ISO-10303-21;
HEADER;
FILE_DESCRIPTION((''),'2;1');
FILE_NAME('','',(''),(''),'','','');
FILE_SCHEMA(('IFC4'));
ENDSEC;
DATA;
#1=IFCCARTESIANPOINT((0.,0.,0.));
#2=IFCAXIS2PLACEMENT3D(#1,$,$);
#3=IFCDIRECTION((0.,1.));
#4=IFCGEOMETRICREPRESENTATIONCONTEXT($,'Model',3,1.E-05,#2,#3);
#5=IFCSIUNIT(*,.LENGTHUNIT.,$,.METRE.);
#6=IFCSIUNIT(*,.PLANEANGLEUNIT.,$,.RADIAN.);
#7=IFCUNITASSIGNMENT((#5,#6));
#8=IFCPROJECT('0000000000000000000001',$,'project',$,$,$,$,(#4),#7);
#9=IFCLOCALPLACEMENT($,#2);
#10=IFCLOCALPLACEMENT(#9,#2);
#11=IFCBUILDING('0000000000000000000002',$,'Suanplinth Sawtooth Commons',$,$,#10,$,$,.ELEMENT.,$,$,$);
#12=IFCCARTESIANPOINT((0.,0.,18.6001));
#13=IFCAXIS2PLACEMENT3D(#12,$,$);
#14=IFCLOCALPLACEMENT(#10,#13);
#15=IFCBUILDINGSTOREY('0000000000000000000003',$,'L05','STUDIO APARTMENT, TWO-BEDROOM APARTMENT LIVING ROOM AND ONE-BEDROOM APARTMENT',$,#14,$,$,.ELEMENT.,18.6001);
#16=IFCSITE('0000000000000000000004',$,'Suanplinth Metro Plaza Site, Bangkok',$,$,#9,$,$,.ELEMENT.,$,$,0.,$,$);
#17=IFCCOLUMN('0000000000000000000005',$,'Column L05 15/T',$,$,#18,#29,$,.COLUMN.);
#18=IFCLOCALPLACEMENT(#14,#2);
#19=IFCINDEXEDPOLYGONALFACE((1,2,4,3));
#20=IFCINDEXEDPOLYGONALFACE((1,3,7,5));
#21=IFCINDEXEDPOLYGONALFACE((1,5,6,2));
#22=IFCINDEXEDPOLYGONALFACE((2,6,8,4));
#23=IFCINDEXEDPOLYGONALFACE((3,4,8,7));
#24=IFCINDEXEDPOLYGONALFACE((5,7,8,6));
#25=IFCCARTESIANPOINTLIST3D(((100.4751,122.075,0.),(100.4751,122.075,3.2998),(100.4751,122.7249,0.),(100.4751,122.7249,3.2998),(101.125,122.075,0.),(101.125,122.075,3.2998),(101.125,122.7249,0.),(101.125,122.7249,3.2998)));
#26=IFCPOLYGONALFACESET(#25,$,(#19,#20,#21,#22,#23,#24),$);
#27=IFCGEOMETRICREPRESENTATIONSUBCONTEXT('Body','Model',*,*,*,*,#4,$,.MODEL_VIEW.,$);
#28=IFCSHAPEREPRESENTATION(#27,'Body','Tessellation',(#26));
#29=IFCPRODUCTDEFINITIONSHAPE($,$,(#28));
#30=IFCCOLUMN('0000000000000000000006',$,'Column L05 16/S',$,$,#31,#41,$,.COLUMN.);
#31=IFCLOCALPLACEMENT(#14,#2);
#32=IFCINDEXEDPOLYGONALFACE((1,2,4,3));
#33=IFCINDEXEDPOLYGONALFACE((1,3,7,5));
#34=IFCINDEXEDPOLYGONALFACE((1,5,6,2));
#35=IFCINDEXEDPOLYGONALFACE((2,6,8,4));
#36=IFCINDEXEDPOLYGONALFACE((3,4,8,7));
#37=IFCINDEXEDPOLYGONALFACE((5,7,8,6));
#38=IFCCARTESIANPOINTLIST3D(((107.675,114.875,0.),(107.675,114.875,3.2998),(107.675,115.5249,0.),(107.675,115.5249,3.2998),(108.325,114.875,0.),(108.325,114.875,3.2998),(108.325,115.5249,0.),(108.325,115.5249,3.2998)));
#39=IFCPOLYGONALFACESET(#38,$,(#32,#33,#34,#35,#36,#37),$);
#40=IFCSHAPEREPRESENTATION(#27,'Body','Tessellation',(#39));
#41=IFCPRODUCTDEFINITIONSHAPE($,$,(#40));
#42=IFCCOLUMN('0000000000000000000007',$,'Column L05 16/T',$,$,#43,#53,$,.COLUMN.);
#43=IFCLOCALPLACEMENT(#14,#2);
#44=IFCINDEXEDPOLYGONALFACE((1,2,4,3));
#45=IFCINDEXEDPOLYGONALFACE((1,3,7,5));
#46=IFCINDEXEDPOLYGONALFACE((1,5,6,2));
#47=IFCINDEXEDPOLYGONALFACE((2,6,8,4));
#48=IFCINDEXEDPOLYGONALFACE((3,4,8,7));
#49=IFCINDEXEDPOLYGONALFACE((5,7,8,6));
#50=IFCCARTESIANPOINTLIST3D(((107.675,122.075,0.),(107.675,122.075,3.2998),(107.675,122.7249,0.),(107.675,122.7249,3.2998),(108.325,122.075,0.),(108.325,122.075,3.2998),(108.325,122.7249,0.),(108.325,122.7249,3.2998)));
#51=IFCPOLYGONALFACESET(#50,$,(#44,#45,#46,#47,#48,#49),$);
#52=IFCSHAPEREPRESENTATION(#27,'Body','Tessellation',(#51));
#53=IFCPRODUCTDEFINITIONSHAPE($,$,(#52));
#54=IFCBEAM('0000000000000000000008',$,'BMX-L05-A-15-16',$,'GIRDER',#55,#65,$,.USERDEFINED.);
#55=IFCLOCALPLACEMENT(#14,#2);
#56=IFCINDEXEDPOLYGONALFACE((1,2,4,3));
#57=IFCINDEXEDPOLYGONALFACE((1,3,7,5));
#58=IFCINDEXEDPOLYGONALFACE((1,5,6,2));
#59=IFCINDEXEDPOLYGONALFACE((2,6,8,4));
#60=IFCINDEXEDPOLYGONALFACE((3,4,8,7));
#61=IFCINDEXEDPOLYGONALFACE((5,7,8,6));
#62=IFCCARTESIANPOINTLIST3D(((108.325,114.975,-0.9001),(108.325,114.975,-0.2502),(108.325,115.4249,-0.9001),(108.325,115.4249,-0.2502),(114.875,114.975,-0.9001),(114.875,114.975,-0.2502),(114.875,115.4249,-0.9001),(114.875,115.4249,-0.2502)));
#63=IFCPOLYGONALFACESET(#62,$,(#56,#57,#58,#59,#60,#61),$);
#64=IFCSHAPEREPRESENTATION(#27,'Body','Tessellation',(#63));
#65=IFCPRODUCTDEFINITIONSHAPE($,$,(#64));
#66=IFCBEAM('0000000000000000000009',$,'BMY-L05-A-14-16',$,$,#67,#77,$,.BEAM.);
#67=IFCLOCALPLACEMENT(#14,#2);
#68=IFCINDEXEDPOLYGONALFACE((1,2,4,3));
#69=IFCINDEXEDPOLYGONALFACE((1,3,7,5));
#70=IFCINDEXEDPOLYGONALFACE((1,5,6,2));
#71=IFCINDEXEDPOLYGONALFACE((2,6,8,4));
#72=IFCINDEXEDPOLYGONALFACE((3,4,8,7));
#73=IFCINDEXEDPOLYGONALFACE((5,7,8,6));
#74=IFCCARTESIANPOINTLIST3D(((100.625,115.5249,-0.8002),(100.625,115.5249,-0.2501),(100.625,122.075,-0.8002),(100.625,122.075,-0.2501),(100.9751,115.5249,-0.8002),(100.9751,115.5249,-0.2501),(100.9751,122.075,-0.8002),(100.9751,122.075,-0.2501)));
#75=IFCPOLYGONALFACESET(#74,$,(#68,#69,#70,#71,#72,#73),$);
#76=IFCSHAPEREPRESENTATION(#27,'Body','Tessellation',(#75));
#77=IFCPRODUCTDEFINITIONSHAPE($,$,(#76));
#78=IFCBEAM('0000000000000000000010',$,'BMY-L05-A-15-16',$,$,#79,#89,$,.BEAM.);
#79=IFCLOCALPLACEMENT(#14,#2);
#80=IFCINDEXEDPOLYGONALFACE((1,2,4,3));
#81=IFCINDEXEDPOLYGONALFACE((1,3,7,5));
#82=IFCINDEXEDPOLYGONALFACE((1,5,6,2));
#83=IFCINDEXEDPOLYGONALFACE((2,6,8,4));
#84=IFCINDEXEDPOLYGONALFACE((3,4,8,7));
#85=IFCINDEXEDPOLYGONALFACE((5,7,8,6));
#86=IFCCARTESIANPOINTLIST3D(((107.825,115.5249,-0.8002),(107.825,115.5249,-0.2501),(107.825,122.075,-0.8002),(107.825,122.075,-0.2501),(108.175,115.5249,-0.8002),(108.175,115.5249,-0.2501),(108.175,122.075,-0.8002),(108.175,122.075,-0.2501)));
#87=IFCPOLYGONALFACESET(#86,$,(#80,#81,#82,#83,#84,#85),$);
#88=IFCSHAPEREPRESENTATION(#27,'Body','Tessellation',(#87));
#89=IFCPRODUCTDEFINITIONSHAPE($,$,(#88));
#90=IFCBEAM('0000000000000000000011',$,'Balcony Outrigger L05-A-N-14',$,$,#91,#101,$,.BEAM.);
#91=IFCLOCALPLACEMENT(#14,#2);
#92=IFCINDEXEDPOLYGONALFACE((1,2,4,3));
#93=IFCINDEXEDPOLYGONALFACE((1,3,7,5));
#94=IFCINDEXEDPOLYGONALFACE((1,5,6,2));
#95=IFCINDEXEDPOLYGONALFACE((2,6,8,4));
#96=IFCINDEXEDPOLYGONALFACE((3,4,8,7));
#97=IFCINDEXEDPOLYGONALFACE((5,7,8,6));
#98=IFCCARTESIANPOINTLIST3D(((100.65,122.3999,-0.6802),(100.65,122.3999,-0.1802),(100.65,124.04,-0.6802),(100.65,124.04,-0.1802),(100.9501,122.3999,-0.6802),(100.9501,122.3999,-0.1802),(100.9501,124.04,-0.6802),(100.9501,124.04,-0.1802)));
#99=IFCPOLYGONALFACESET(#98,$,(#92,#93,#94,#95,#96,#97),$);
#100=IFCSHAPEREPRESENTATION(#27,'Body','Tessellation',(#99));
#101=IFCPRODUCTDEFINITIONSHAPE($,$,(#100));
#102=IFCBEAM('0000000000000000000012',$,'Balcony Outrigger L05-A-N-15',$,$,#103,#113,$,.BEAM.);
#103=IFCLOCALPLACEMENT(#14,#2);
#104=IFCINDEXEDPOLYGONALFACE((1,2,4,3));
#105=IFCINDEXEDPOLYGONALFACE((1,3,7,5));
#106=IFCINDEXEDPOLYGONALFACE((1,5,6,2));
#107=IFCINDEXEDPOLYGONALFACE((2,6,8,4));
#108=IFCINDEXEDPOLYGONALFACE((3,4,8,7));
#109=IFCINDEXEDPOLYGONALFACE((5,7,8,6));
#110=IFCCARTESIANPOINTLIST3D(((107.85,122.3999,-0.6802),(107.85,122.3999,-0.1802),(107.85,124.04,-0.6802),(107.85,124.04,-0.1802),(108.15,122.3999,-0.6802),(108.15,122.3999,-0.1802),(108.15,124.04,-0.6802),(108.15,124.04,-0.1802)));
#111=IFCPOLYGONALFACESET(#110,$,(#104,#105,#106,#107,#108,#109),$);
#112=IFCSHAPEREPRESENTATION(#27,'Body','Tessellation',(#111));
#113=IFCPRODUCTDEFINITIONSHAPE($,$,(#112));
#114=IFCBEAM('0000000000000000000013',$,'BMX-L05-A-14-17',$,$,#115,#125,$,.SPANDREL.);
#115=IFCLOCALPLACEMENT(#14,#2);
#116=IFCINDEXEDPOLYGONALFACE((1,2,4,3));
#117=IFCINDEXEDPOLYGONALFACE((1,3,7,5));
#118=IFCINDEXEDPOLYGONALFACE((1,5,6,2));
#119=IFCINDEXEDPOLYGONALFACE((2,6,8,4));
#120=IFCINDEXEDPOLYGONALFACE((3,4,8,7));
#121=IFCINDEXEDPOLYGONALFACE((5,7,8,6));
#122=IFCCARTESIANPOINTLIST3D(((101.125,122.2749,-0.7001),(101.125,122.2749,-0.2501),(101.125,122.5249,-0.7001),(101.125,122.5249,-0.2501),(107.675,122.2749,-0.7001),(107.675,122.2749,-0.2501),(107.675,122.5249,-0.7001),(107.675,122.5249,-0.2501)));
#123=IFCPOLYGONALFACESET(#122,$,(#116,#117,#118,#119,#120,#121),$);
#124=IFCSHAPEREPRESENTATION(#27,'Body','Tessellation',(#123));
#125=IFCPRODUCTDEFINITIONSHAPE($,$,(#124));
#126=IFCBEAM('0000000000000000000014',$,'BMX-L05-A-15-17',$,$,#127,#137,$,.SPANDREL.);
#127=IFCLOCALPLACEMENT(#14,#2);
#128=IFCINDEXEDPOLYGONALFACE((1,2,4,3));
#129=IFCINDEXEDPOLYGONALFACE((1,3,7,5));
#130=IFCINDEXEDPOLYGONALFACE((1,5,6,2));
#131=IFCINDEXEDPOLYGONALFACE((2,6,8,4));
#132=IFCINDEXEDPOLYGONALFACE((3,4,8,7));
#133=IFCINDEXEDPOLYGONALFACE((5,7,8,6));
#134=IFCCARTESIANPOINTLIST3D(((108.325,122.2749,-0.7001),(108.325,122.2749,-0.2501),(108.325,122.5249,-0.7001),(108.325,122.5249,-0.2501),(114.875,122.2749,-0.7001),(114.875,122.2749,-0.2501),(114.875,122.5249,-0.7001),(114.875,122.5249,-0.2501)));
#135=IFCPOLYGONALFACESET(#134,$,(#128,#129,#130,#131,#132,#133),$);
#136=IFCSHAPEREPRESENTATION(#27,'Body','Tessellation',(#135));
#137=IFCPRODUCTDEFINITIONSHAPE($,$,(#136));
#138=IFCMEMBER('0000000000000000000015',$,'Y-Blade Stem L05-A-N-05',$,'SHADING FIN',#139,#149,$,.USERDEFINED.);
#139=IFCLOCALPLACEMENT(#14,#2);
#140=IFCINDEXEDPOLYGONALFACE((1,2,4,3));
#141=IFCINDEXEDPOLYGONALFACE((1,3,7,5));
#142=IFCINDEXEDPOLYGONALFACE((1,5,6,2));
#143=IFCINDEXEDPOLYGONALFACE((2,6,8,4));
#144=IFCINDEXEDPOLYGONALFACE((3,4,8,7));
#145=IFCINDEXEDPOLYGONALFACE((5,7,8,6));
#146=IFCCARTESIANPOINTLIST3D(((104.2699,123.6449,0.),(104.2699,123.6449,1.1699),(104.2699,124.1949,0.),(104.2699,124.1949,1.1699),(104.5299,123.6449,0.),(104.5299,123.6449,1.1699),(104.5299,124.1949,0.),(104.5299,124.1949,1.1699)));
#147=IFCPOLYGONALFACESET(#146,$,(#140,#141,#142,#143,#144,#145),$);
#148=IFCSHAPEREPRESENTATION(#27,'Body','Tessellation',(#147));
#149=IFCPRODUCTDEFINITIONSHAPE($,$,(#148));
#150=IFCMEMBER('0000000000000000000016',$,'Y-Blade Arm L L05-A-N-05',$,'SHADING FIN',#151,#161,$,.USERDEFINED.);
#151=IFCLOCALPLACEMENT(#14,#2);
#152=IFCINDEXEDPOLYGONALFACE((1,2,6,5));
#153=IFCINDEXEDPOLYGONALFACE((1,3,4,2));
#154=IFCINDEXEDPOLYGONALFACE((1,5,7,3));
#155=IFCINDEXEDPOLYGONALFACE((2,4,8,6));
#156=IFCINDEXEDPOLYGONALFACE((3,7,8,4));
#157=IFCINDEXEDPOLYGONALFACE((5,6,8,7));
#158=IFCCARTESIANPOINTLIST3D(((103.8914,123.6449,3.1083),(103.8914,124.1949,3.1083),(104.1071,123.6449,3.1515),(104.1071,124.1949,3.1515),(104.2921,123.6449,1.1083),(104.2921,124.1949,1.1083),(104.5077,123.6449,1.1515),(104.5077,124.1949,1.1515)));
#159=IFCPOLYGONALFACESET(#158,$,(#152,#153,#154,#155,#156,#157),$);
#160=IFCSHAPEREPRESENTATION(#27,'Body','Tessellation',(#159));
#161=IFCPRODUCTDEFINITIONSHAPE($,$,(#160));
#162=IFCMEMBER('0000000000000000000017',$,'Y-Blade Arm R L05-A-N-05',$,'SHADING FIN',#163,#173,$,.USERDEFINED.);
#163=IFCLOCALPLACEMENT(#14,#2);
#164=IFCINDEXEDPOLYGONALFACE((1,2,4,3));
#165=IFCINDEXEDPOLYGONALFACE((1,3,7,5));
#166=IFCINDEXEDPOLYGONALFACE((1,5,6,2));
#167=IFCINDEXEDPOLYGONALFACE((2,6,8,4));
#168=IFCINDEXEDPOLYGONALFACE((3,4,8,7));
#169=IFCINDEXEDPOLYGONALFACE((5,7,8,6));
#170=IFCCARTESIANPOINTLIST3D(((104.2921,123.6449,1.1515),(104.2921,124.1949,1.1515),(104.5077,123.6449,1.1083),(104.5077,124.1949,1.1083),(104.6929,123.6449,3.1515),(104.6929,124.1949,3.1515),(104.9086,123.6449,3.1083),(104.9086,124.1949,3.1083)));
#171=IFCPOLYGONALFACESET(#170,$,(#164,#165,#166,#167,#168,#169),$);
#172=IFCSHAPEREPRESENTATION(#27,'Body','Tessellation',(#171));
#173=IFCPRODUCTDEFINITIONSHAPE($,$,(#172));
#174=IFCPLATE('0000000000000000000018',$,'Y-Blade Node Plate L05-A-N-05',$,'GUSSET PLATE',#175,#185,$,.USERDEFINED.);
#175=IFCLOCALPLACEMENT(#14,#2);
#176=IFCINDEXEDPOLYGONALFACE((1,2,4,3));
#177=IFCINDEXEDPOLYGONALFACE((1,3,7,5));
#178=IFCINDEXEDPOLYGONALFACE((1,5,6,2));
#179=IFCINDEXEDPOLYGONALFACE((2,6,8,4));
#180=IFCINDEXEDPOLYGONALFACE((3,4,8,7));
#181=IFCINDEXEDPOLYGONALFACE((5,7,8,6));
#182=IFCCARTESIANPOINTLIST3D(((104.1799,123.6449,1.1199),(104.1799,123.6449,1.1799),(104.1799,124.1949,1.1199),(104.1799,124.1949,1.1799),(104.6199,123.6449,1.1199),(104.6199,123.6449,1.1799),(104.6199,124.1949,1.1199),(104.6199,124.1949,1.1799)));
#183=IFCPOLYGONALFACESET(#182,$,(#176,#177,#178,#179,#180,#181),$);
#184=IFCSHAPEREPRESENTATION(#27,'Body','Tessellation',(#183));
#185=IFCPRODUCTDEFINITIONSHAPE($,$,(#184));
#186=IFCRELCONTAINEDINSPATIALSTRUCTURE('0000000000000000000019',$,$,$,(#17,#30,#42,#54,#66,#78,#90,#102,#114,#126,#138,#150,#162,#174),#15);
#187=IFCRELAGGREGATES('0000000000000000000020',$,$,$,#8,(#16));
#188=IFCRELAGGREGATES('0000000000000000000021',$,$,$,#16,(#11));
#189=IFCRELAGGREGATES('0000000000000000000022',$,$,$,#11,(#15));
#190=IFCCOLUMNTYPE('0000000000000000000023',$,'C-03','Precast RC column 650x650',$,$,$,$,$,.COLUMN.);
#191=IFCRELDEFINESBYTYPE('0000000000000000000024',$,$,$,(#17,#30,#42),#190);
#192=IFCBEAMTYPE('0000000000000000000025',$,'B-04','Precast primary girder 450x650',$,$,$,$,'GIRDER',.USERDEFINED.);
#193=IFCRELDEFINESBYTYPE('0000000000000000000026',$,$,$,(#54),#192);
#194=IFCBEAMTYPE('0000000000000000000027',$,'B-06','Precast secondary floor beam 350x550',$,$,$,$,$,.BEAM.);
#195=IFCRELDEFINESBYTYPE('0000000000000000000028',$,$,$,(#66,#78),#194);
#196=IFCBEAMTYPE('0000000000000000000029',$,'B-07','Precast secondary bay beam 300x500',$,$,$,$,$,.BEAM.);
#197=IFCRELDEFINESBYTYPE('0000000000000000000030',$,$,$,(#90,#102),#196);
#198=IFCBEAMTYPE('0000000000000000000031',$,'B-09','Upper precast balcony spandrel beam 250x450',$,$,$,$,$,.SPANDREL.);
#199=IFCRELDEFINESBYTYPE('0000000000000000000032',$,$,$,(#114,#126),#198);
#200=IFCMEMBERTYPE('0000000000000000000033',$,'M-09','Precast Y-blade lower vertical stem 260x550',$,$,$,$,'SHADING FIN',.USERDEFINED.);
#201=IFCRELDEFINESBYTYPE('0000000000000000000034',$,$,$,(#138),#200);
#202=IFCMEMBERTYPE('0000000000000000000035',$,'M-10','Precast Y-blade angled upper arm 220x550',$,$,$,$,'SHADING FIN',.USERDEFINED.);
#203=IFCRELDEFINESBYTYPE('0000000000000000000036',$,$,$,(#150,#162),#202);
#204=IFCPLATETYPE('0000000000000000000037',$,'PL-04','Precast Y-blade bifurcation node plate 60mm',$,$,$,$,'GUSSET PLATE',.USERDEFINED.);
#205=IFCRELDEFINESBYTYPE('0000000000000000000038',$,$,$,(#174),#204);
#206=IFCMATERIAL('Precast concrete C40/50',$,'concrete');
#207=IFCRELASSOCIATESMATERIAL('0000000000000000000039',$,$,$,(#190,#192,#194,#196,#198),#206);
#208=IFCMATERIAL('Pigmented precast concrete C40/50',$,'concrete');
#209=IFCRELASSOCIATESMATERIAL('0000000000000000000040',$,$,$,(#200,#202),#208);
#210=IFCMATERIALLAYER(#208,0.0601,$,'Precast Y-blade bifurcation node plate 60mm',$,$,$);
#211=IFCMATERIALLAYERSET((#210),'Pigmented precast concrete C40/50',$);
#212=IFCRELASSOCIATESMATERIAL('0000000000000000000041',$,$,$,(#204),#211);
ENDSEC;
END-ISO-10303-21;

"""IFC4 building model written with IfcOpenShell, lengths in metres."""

from ifc_helpers import new_model, si_unit, direction, frame, origin, origin_2d, place, context, subcontext, project, spatial, rectangle, extrude, material, layer, layer_set, material_profile, profile_set, type_object, element, save


model = new_model("IFC4")

# Units and contexts
model_context = context("Model", 3, precision=1e-05, world=origin(), true_north=direction((0.0, 1.0)))
body_context = subcontext(model_context, "Body", "Model", "MODEL_VIEW")
ifc_project = project(units=[si_unit("LENGTHUNIT", "METRE"), si_unit("PLANEANGLEUNIT", "RADIAN")], contexts=[model_context])

# Site, building, storey
site_placement = place(None, origin())
site = spatial("IfcSite", under=ifc_project, at=site_placement, Name="Suanplinth Metro Plaza Site, Bangkok", CompositionType="ELEMENT", RefElevation=0.0)
building_placement = place(site_placement, origin())
building = spatial("IfcBuilding", under=site, at=building_placement, Name="Suanplinth Sawtooth Commons", CompositionType="ELEMENT")
storey_placement = place(building_placement, frame((0.0, 0.0, 18.6001)))
storey = spatial("IfcBuildingStorey", under=building, at=storey_placement, Name="L05", Description="STUDIO APARTMENT, TWO-BEDROOM APARTMENT LIVING ROOM AND ONE-BEDROOM APARTMENT", CompositionType="ELEMENT", Elevation=18.6001)

# Columns
ifc_material_1 = material(Name="Precast concrete C40/50", Category="concrete")
ifc_material_profile_1 = material_profile(ifc_material_1, rectangle(XDim=0.6499, YDim=0.6499, at=origin_2d()), Name="PC-COL 650x650")
ifc_profile_set_1 = profile_set([ifc_material_profile_1], Name="Precast concrete C40/50")
column_type = type_object("IfcColumnType", Name="C-03", Description="Precast RC column 650x650", PredefinedType="COLUMN", material=ifc_profile_set_1)
for number, where, z_axis, x_axis, name in (
    (1, (100.8, 122.3999, 0.0), (0.0, 0.0, 1.0), (1.0, 0.0, 0.0), "Column L05 15/T"),
    (2, (108.0, 115.2, 0.0), (0.0, 0.0, 1.0), (1.0, 0.0, 0.0), "Column L05 16/S"),
    (3, (108.0, 122.3999, 0.0), (0.0, 0.0, 1.0), (1.0, 0.0, 0.0), "Column L05 16/T"),
):
    element("IfcColumn", number, at=place(storey_placement, frame(where, z_axis=z_axis, x_axis=x_axis)), inside=storey, type_object=column_type, Name=name, PredefinedType="COLUMN", context=body_context, shape_type="SweptSolid", body=[
        extrude(rectangle(XDim=0.6499, YDim=0.6499, at=origin_2d()), origin(), (0.0, 0.0, 1.0), 3.2998),
    ])

# Beams
ifc_material_profile_2 = material_profile(ifc_material_1, rectangle(XDim=0.45, YDim=0.6499, at=origin_2d()), Name="PC-GDR 450x650")
ifc_profile_set_2 = profile_set([ifc_material_profile_2], Name="Precast concrete C40/50")
beam_type_1 = type_object("IfcBeamType", Name="B-04", Description="Precast primary girder 450x650", ElementType="GIRDER", PredefinedType="USERDEFINED", material=ifc_profile_set_2)
beam_placement = place(storey_placement, frame((108.325, 115.2, -0.5752), z_axis=(1.0, 0.0, 0.0), x_axis=(0.0, 1.0, 0.0)))
element("IfcBeam", 4, at=beam_placement, inside=storey, type_object=beam_type_1, Name="BMX-L05-A-15-16", ObjectType="GIRDER", PredefinedType="USERDEFINED", context=body_context, shape_type="SweptSolid", body=[
    extrude(rectangle(XDim=0.45, YDim=0.6499, at=origin_2d()), origin(), (0.0, 0.0, 1.0), 6.55),
])
ifc_material_profile_3 = material_profile(ifc_material_1, rectangle(XDim=0.3501, YDim=0.55, at=origin_2d()), Name="PC-BM 350x550")
ifc_profile_set_3 = profile_set([ifc_material_profile_3], Name="Precast concrete C40/50")
beam_type_2 = type_object("IfcBeamType", Name="B-06", Description="Precast secondary floor beam 350x550", PredefinedType="BEAM", material=ifc_profile_set_3)
for number, where, z_axis, x_axis, name in (
    (5, (100.8, 115.5249, -0.5251), (0.0, 1.0, 0.0), (-1.0, 0.0, 0.0), "BMY-L05-A-14-16"),
    (6, (108.0, 115.5249, -0.5251), (0.0, 1.0, 0.0), (-1.0, 0.0, 0.0), "BMY-L05-A-15-16"),
):
    element("IfcBeam", number, at=place(storey_placement, frame(where, z_axis=z_axis, x_axis=x_axis)), inside=storey, type_object=beam_type_2, Name=name, PredefinedType="BEAM", context=body_context, shape_type="SweptSolid", body=[
        extrude(rectangle(XDim=0.3501, YDim=0.55, at=origin_2d()), origin(), (0.0, 0.0, 1.0), 6.55),
    ])
ifc_material_profile_4 = material_profile(ifc_material_1, rectangle(XDim=0.3, YDim=0.5, at=origin_2d()), Name="PC-BM 300x500")
ifc_profile_set_4 = profile_set([ifc_material_profile_4], Name="Precast concrete C40/50")
beam_type_3 = type_object("IfcBeamType", Name="B-07", Description="Precast secondary bay beam 300x500", PredefinedType="BEAM", material=ifc_profile_set_4)
for number, where, z_axis, x_axis, name in (
    (7, (100.8, 122.3999, -0.4302), (0.0, 1.0, 0.0), (-1.0, 0.0, 0.0), "Balcony Outrigger L05-A-N-14"),
    (8, (108.0, 122.3999, -0.4302), (0.0, 1.0, 0.0), (-1.0, 0.0, 0.0), "Balcony Outrigger L05-A-N-15"),
):
    element("IfcBeam", number, at=place(storey_placement, frame(where, z_axis=z_axis, x_axis=x_axis)), inside=storey, type_object=beam_type_3, Name=name, PredefinedType="BEAM", context=body_context, shape_type="SweptSolid", body=[
        extrude(rectangle(XDim=0.3, YDim=0.5, at=origin_2d()), origin(), (0.0, 0.0, 1.0), 1.6401),
    ])
ifc_material_profile_5 = material_profile(ifc_material_1, rectangle(XDim=0.25, YDim=0.45, at=origin_2d()), Name="PC-SP 250x450")
ifc_profile_set_5 = profile_set([ifc_material_profile_5], Name="Precast concrete C40/50")
beam_type_4 = type_object("IfcBeamType", Name="B-09", Description="Upper precast balcony spandrel beam 250x450", PredefinedType="SPANDREL", material=ifc_profile_set_5)
for number, where, z_axis, x_axis, name in (
    (9, (101.125, 122.3999, -0.4751), (1.0, 0.0, 0.0), (0.0, 1.0, 0.0), "BMX-L05-A-14-17"),
    (10, (108.325, 122.3999, -0.4751), (1.0, 0.0, 0.0), (0.0, 1.0, 0.0), "BMX-L05-A-15-17"),
):
    element("IfcBeam", number, at=place(storey_placement, frame(where, z_axis=z_axis, x_axis=x_axis)), inside=storey, type_object=beam_type_4, Name=name, PredefinedType="SPANDREL", context=body_context, shape_type="SweptSolid", body=[
        extrude(rectangle(XDim=0.25, YDim=0.45, at=origin_2d()), origin(), (0.0, 0.0, 1.0), 6.55),
    ])

# Members
ifc_material_2 = material(Name="Pigmented precast concrete C40/50", Category="concrete")
ifc_material_profile_6 = material_profile(ifc_material_2, rectangle(XDim=0.26, YDim=0.55, at=origin_2d()), Name="PC-FIN 260x550")
ifc_profile_set_6 = profile_set([ifc_material_profile_6], Name="Pigmented precast concrete C40/50")
member_type_1 = type_object("IfcMemberType", Name="M-09", Description="Precast Y-blade lower vertical stem 260x550", ElementType="SHADING FIN", PredefinedType="USERDEFINED", material=ifc_profile_set_6)
member_placement = place(storey_placement, frame((104.3999, 123.9199, 0.0), z_axis=(0.0, 0.0, 1.0), x_axis=(1.0, 0.0, 0.0)))
element("IfcMember", 11, at=member_placement, inside=storey, type_object=member_type_1, Name="Y-Blade Stem L05-A-N-05", ObjectType="SHADING FIN", PredefinedType="USERDEFINED", context=body_context, shape_type="SweptSolid", body=[
    extrude(rectangle(XDim=0.26, YDim=0.55, at=origin_2d()), origin(), (0.0, 0.0, 1.0), 1.1699),
])
ifc_material_profile_7 = material_profile(ifc_material_2, rectangle(XDim=0.22, YDim=0.55, at=origin_2d()), Name="PC-FIN 220x550")
ifc_profile_set_7 = profile_set([ifc_material_profile_7], Name="Pigmented precast concrete C40/50")
member_type_2 = type_object("IfcMemberType", Name="M-10", Description="Precast Y-blade angled upper arm 220x550", ElementType="SHADING FIN", PredefinedType="USERDEFINED", material=ifc_profile_set_7)
for number, where, z_axis, x_axis, name in (
    (12, (104.3999, 123.9199, 1.1299), (-0.196415, 0.0, 0.980521), (0.980521, 0.0, 0.196415), "Y-Blade Arm L L05-A-N-05"),
    (13, (104.3999, 123.9199, 1.1299), (0.19653, 0.0, 0.980498), (-0.980498, 0.0, 0.19653), "Y-Blade Arm R L05-A-N-05"),
):
    element("IfcMember", number, at=place(storey_placement, frame(where, z_axis=z_axis, x_axis=x_axis)), inside=storey, type_object=member_type_2, Name=name, ObjectType="SHADING FIN", PredefinedType="USERDEFINED", context=body_context, shape_type="SweptSolid", body=[
        extrude(rectangle(XDim=0.22, YDim=0.55, at=origin_2d()), origin(), (0.0, 0.0, 1.0), 2.0398),
    ])

# Plate
ifc_layer_1 = layer(ifc_material_2, 0.0601, Name="Precast Y-blade bifurcation node plate 60mm")
ifc_layer_set_1 = layer_set([ifc_layer_1], Name="Pigmented precast concrete C40/50")
plate_type = type_object("IfcPlateType", Name="PL-04", Description="Precast Y-blade bifurcation node plate 60mm", ElementType="GUSSET PLATE", PredefinedType="USERDEFINED", material=ifc_layer_set_1)
plate_placement = place(storey_placement, frame((104.3999, 123.9199, 1.1199), z_axis=(0.0, 0.0, 1.0), x_axis=(1.0, 0.0, 0.0)))
element("IfcPlate", 14, at=plate_placement, inside=storey, type_object=plate_type, Name="Y-Blade Node Plate L05-A-N-05", ObjectType="GUSSET PLATE", PredefinedType="USERDEFINED", context=body_context, shape_type="SweptSolid", body=[
    extrude(rectangle(XDim=0.4399, YDim=0.55, at=origin_2d()), origin(), (0.0, 0.0, 1.0), 0.0601),
])

save(model, "model.ifc")
